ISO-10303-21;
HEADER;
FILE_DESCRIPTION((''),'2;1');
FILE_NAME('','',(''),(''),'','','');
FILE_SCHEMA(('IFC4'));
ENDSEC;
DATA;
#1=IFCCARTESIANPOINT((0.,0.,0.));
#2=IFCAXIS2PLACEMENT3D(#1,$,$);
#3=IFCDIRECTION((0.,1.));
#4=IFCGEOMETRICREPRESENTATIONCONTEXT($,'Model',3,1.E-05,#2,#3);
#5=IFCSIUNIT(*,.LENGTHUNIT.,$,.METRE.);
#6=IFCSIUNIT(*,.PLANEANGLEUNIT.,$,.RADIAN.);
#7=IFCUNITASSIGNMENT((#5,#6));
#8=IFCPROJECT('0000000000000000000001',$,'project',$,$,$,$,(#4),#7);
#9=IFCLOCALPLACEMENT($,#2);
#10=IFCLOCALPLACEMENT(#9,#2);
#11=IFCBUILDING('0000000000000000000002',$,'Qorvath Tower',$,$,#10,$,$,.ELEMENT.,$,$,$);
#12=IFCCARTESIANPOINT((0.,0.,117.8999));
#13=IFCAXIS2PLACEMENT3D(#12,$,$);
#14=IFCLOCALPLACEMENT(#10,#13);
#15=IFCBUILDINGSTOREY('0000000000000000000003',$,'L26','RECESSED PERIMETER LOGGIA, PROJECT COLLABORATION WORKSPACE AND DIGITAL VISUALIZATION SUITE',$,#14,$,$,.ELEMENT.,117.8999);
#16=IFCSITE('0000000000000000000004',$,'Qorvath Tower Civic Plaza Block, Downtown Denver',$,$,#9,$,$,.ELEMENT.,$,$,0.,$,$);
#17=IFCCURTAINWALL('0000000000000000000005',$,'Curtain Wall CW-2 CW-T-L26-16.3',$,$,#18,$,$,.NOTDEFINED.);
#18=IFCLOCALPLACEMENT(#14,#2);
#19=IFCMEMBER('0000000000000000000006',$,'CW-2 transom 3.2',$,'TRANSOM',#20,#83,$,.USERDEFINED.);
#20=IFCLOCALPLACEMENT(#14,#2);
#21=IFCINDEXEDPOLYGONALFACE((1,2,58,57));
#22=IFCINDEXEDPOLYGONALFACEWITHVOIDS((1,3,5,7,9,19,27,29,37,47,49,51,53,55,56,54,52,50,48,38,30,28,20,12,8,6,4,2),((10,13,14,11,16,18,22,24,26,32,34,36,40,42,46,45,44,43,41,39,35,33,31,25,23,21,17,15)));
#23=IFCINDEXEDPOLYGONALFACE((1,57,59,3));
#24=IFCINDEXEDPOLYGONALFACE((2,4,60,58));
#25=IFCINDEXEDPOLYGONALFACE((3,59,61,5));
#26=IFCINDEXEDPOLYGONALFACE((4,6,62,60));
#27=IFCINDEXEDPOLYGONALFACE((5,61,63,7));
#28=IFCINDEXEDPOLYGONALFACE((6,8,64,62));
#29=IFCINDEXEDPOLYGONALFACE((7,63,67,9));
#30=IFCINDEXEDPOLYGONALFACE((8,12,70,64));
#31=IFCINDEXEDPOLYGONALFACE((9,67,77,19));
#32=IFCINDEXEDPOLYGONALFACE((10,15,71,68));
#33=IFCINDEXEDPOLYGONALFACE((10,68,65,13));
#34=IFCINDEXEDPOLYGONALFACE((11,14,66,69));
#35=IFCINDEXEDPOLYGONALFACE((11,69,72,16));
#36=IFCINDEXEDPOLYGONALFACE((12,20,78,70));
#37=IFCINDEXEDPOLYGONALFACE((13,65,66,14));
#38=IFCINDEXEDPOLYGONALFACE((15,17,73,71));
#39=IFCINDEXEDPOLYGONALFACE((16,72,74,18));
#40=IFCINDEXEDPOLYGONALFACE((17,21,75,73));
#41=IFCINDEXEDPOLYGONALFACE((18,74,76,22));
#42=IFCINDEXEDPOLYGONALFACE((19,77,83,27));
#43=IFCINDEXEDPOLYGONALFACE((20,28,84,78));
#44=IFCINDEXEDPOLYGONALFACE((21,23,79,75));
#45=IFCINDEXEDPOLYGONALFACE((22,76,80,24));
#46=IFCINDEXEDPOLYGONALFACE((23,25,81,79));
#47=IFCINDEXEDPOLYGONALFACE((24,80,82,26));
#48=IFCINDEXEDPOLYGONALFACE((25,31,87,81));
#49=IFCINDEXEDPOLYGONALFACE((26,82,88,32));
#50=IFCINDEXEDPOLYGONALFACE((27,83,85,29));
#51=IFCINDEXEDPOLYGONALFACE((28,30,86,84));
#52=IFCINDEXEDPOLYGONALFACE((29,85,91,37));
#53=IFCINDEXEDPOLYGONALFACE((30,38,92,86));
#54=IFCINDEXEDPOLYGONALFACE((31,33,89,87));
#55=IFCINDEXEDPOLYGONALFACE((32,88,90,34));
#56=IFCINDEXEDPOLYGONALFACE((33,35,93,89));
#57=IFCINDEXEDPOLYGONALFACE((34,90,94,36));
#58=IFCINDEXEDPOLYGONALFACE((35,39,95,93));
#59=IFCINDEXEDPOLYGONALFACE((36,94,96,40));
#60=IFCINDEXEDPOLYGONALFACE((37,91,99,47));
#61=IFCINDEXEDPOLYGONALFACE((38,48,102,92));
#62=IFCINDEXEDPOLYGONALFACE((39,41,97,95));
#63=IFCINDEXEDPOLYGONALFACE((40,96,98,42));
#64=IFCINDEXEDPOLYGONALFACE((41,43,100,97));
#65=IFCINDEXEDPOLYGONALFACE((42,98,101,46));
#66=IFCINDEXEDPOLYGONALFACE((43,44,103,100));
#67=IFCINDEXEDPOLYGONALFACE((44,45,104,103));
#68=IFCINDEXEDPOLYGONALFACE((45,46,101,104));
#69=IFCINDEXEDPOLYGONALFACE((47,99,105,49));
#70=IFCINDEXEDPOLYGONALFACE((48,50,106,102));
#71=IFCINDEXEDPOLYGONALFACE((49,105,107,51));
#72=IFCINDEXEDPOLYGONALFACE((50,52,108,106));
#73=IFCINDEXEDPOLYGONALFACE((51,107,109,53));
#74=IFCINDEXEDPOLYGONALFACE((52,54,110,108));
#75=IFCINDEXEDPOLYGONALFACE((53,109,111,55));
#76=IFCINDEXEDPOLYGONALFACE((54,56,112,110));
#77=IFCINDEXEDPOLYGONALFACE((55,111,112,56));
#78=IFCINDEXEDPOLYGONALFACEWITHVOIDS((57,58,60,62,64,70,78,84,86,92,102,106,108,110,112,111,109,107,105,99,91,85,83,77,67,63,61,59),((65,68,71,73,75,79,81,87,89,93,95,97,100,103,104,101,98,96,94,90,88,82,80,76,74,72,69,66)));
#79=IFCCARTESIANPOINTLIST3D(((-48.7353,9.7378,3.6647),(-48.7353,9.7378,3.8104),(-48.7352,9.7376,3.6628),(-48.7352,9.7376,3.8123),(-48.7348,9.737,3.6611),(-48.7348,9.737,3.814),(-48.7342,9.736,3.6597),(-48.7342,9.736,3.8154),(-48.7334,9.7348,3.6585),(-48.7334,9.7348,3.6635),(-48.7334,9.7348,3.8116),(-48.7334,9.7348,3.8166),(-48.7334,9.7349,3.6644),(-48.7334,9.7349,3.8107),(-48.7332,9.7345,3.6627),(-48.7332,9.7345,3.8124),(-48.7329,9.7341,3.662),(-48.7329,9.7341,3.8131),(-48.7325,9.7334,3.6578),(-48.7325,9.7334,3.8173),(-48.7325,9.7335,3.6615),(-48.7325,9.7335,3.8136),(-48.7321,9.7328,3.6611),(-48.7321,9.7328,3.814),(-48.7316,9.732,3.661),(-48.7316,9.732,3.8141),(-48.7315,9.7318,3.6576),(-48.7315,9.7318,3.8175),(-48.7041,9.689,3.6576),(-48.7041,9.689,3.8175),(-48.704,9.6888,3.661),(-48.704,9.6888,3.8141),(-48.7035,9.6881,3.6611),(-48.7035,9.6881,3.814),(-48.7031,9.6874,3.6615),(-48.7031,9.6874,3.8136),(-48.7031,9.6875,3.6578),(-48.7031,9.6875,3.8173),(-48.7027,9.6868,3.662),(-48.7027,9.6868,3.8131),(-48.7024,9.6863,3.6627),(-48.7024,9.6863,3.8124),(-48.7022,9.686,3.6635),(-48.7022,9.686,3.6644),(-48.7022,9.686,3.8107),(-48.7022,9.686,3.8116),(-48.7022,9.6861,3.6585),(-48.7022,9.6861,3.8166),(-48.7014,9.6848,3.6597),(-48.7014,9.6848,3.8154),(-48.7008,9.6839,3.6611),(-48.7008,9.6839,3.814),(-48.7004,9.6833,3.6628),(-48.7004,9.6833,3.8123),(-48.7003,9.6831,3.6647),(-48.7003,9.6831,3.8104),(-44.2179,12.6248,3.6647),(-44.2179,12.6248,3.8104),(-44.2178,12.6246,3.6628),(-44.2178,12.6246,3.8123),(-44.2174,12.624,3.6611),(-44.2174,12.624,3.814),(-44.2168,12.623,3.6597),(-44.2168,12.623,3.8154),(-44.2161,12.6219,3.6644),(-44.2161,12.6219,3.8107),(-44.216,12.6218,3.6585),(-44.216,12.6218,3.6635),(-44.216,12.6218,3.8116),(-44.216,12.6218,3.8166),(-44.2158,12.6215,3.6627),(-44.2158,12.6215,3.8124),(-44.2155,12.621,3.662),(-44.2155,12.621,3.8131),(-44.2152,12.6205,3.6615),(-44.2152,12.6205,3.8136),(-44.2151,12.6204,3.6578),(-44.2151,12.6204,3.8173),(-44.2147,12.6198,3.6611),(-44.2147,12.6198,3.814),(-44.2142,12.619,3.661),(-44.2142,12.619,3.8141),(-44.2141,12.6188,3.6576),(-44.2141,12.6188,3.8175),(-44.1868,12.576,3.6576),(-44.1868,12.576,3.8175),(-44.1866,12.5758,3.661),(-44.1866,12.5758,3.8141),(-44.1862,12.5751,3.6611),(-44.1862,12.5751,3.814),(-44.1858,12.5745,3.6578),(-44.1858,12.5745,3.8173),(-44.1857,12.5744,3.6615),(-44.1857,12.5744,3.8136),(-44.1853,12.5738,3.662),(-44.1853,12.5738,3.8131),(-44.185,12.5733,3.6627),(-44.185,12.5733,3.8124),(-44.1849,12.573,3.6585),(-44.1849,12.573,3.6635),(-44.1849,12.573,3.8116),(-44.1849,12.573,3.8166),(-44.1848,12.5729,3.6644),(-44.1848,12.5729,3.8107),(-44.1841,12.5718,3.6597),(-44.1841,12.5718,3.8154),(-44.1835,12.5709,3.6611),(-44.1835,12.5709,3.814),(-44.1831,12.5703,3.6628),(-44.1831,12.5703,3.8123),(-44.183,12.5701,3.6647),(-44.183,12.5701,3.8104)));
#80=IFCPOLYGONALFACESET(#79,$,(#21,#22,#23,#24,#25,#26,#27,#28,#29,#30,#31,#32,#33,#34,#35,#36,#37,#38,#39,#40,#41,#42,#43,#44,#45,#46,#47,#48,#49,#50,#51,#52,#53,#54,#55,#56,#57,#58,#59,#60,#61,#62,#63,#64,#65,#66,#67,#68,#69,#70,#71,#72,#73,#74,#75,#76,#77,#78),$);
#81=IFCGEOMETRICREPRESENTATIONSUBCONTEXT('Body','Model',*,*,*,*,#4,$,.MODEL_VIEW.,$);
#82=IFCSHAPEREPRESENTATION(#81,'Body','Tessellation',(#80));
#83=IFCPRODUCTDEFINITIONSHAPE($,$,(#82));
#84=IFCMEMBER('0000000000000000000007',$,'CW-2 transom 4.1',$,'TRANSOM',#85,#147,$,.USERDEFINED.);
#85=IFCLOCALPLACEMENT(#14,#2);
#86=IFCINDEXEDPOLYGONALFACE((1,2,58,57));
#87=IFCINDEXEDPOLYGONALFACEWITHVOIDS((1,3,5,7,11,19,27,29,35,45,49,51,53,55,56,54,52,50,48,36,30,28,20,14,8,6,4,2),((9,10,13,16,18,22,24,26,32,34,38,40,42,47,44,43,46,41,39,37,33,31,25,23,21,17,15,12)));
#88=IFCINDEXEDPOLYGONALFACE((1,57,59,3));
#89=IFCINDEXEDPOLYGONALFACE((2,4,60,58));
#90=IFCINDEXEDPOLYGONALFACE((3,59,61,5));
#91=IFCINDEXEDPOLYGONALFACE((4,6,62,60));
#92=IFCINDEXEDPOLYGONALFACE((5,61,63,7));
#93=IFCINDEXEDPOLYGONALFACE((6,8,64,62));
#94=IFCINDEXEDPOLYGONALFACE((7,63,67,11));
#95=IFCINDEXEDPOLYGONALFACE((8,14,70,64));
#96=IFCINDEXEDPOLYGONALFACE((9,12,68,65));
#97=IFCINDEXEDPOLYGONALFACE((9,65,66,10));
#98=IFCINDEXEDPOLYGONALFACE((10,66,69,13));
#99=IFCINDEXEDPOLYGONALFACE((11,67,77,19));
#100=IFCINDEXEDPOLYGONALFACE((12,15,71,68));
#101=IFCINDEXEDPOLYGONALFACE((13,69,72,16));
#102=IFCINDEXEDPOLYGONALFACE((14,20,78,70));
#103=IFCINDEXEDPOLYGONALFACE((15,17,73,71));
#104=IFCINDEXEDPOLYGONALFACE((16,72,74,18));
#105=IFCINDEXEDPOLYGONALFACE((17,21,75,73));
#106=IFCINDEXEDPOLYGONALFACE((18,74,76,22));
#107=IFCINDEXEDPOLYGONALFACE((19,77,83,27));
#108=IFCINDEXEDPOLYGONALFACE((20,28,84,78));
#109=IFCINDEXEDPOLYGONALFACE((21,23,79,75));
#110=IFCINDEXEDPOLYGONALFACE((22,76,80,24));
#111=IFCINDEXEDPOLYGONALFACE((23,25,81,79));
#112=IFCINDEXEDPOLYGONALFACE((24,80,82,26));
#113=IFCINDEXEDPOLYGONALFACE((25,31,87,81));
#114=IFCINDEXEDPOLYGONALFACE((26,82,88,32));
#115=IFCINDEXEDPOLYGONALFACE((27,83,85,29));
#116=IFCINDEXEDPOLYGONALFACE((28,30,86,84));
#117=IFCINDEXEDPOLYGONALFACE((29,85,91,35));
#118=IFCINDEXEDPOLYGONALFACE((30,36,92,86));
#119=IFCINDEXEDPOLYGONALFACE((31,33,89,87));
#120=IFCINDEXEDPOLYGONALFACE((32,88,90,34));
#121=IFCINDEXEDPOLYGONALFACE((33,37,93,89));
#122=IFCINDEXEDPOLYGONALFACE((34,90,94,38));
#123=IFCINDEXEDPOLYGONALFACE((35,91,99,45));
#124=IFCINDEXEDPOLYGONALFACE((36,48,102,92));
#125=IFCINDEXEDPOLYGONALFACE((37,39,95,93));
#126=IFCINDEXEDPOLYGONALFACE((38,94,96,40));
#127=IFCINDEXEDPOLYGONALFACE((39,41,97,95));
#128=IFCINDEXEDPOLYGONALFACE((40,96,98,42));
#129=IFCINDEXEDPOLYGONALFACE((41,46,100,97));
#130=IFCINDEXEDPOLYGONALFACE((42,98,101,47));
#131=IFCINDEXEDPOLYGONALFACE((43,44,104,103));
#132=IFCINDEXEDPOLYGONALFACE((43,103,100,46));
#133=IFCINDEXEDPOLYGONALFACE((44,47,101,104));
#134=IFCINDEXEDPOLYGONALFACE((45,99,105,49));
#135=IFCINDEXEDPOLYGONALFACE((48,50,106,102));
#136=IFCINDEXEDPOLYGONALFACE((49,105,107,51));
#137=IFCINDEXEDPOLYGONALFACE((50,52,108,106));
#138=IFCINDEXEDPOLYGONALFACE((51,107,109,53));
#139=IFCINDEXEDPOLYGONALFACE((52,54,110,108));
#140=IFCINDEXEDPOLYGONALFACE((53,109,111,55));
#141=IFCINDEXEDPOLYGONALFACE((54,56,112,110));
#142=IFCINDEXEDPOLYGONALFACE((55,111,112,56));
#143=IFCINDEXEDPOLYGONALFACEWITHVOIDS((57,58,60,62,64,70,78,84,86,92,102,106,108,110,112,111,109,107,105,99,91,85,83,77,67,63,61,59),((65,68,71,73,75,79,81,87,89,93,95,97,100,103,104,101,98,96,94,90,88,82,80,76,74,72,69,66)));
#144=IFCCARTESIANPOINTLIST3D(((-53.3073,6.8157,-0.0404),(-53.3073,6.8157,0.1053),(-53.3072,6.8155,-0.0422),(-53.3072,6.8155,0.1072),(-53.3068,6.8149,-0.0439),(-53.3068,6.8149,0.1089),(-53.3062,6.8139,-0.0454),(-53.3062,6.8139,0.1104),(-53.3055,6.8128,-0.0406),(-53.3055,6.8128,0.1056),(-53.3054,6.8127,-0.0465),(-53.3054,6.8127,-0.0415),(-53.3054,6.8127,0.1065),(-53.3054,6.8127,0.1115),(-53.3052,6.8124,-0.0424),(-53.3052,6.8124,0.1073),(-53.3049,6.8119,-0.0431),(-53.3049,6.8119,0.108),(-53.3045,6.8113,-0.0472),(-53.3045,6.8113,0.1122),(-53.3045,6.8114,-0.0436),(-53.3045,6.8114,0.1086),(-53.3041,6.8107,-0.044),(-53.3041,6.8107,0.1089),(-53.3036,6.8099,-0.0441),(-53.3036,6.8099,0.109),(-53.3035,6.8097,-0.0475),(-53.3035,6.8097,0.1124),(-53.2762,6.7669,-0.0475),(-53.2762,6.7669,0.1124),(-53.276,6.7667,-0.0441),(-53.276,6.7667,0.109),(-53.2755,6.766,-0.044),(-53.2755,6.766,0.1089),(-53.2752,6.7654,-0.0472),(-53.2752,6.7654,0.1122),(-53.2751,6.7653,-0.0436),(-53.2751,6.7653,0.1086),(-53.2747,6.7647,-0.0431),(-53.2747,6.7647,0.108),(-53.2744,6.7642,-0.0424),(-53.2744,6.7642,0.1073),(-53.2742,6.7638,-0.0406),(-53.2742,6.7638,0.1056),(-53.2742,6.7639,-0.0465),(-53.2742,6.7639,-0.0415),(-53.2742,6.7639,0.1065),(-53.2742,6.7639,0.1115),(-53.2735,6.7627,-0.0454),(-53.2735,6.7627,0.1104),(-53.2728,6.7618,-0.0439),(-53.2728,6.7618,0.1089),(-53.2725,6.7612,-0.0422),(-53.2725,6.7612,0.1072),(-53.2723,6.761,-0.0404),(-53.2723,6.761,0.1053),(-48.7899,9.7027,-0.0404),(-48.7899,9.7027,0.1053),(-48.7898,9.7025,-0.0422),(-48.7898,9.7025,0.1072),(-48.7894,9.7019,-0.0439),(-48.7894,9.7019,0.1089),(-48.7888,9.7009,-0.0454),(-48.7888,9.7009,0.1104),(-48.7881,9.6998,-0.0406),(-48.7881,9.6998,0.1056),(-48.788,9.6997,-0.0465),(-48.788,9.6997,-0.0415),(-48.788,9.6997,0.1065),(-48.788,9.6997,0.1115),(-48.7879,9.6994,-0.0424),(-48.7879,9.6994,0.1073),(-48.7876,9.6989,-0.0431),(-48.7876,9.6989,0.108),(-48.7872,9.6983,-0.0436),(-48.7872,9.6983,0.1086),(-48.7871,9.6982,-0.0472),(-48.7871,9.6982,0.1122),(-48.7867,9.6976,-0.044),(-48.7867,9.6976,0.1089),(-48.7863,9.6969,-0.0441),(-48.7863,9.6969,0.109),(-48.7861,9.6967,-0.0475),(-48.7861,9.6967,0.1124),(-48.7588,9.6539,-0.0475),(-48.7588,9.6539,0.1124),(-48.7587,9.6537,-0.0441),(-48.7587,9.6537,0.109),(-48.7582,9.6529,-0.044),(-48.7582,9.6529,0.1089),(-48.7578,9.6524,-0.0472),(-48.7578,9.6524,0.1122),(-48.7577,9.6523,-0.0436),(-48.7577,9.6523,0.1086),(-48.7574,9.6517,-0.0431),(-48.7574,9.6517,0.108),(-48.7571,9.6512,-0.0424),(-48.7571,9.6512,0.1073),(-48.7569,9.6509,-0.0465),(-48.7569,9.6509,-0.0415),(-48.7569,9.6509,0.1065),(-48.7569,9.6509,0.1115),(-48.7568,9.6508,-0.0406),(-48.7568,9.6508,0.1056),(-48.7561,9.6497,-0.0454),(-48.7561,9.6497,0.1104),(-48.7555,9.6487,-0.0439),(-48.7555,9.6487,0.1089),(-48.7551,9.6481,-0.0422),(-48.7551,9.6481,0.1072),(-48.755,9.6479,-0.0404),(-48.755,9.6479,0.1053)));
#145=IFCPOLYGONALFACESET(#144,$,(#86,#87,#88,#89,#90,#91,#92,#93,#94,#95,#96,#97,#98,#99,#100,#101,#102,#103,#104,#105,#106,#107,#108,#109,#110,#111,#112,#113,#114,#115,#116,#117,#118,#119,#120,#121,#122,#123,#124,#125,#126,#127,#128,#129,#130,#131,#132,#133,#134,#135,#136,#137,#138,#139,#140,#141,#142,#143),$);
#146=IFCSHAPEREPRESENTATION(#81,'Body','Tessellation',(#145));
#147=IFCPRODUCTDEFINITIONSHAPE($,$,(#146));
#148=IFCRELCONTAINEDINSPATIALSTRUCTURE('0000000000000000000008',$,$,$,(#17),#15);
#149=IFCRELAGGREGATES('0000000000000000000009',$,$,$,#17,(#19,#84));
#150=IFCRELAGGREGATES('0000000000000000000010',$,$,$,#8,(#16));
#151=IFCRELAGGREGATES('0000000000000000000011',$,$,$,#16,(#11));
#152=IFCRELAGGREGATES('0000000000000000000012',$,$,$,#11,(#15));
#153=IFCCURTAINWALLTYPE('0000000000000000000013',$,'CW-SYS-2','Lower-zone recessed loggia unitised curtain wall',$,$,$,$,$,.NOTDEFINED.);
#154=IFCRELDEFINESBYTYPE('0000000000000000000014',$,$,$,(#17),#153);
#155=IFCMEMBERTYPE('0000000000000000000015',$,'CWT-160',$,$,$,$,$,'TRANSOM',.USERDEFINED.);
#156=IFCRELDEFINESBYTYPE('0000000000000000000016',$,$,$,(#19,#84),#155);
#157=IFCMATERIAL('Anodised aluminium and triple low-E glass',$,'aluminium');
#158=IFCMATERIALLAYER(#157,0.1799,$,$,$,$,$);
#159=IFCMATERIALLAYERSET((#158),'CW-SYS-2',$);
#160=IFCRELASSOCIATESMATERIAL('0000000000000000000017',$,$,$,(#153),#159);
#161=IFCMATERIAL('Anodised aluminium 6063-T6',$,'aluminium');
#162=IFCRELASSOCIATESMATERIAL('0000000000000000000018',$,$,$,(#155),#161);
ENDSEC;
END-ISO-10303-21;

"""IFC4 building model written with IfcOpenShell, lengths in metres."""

from ifc_helpers import new_model, si_unit, direction, frame, origin, origin_2d, place, context, subcontext, project, spatial, hollow_rectangle, extrude, material, layer, layer_set, material_profile, profile_set, type_object, element, aggregate, save


model = new_model("IFC4")

# Units and contexts
model_context = context("Model", 3, precision=1e-05, world=origin(), true_north=direction((0.0, 1.0)))
body_context = subcontext(model_context, "Body", "Model", "MODEL_VIEW")
ifc_project = project(units=[si_unit("LENGTHUNIT", "METRE"), si_unit("PLANEANGLEUNIT", "RADIAN")], contexts=[model_context])

# Site, building, storey
site_placement = place(None, origin())
site = spatial("IfcSite", under=ifc_project, at=site_placement, Name="Qorvath Tower Civic Plaza Block, Downtown Denver", CompositionType="ELEMENT", RefElevation=0.0)
building_placement = place(site_placement, origin())
building = spatial("IfcBuilding", under=site, at=building_placement, Name="Qorvath Tower", CompositionType="ELEMENT")
storey_placement = place(building_placement, frame((0.0, 0.0, 117.8999)))
storey = spatial("IfcBuildingStorey", under=building, at=storey_placement, Name="L26", Description="RECESSED PERIMETER LOGGIA, PROJECT COLLABORATION WORKSPACE AND DIGITAL VISUALIZATION SUITE", CompositionType="ELEMENT", Elevation=117.8999)

# Curtain wall, members
ifc_material_1 = material(Name="Anodised aluminium and triple low-E glass", Category="aluminium")
ifc_layer_1 = layer(ifc_material_1, 0.1799)
ifc_layer_set_1 = layer_set([ifc_layer_1], Name="CW-SYS-2")
curtain_wall_type = type_object("IfcCurtainWallType", Name="CW-SYS-2", Description="Lower-zone recessed loggia unitised curtain wall", PredefinedType="NOTDEFINED", material=ifc_layer_set_1)
curtain_wall_placement = place(storey_placement, origin())
curtain_wall = element("IfcCurtainWall", 1, at=curtain_wall_placement, inside=storey, type_object=curtain_wall_type, Name="Curtain Wall CW-2 CW-T-L26-16.3", PredefinedType="NOTDEFINED")
ifc_material_2 = material(Name="Anodised aluminium 6063-T6", Category="aluminium")
ifc_material_profile_1 = material_profile(ifc_material_2, hollow_rectangle(XDim=0.0649, YDim=0.1599, WallThickness=0.0034, InnerFilletRadius=0.0034, OuterFilletRadius=0.0071, at=origin_2d()), Name="CWT 160x65")
ifc_profile_set_1 = profile_set([ifc_material_profile_1], Name="Anodised aluminium 6063-T6")
member_type_1 = type_object("IfcMemberType", Name="CWT-160", ElementType="TRANSOM", PredefinedType="USERDEFINED", material=ifc_profile_set_1)
member_1_placement = place(storey_placement, frame((-44.2004, 12.5974, 3.7375), z_axis=(-0.842621, -0.538507, 0.0), x_axis=(0.538507, -0.842621, 0.0)))
member_1 = element("IfcMember", 2, at=member_1_placement, type_object=member_type_1, Name="CW-2 transom 3.2", ObjectType="TRANSOM", PredefinedType="USERDEFINED", context=body_context, shape_type="SweptSolid", body=[
    extrude(hollow_rectangle(XDim=0.0649, YDim=0.1599, WallThickness=0.0034, InnerFilletRadius=0.0034, OuterFilletRadius=0.0071, at=origin_2d()), origin(), (0.0, 0.0, 1.0), 5.3611),
])
member_2_placement = place(storey_placement, frame((-48.7725, 9.6753, 0.0325), z_axis=(-0.842621, -0.538507, 0.0), x_axis=(0.538507, -0.842621, 0.0)))
member_2 = element("IfcMember", 3, at=member_2_placement, type_object=member_type_1, Name="CW-2 transom 4.1", ObjectType="TRANSOM", PredefinedType="USERDEFINED", context=body_context, shape_type="SweptSolid", body=[
    extrude(hollow_rectangle(XDim=0.0649, YDim=0.1599, WallThickness=0.0034, InnerFilletRadius=0.0034, OuterFilletRadius=0.0071, at=origin_2d()), origin(), (0.0, 0.0, 1.0), 5.3611),
])
aggregate(curtain_wall, [member_1, member_2])

save(model, "model.ifc")
